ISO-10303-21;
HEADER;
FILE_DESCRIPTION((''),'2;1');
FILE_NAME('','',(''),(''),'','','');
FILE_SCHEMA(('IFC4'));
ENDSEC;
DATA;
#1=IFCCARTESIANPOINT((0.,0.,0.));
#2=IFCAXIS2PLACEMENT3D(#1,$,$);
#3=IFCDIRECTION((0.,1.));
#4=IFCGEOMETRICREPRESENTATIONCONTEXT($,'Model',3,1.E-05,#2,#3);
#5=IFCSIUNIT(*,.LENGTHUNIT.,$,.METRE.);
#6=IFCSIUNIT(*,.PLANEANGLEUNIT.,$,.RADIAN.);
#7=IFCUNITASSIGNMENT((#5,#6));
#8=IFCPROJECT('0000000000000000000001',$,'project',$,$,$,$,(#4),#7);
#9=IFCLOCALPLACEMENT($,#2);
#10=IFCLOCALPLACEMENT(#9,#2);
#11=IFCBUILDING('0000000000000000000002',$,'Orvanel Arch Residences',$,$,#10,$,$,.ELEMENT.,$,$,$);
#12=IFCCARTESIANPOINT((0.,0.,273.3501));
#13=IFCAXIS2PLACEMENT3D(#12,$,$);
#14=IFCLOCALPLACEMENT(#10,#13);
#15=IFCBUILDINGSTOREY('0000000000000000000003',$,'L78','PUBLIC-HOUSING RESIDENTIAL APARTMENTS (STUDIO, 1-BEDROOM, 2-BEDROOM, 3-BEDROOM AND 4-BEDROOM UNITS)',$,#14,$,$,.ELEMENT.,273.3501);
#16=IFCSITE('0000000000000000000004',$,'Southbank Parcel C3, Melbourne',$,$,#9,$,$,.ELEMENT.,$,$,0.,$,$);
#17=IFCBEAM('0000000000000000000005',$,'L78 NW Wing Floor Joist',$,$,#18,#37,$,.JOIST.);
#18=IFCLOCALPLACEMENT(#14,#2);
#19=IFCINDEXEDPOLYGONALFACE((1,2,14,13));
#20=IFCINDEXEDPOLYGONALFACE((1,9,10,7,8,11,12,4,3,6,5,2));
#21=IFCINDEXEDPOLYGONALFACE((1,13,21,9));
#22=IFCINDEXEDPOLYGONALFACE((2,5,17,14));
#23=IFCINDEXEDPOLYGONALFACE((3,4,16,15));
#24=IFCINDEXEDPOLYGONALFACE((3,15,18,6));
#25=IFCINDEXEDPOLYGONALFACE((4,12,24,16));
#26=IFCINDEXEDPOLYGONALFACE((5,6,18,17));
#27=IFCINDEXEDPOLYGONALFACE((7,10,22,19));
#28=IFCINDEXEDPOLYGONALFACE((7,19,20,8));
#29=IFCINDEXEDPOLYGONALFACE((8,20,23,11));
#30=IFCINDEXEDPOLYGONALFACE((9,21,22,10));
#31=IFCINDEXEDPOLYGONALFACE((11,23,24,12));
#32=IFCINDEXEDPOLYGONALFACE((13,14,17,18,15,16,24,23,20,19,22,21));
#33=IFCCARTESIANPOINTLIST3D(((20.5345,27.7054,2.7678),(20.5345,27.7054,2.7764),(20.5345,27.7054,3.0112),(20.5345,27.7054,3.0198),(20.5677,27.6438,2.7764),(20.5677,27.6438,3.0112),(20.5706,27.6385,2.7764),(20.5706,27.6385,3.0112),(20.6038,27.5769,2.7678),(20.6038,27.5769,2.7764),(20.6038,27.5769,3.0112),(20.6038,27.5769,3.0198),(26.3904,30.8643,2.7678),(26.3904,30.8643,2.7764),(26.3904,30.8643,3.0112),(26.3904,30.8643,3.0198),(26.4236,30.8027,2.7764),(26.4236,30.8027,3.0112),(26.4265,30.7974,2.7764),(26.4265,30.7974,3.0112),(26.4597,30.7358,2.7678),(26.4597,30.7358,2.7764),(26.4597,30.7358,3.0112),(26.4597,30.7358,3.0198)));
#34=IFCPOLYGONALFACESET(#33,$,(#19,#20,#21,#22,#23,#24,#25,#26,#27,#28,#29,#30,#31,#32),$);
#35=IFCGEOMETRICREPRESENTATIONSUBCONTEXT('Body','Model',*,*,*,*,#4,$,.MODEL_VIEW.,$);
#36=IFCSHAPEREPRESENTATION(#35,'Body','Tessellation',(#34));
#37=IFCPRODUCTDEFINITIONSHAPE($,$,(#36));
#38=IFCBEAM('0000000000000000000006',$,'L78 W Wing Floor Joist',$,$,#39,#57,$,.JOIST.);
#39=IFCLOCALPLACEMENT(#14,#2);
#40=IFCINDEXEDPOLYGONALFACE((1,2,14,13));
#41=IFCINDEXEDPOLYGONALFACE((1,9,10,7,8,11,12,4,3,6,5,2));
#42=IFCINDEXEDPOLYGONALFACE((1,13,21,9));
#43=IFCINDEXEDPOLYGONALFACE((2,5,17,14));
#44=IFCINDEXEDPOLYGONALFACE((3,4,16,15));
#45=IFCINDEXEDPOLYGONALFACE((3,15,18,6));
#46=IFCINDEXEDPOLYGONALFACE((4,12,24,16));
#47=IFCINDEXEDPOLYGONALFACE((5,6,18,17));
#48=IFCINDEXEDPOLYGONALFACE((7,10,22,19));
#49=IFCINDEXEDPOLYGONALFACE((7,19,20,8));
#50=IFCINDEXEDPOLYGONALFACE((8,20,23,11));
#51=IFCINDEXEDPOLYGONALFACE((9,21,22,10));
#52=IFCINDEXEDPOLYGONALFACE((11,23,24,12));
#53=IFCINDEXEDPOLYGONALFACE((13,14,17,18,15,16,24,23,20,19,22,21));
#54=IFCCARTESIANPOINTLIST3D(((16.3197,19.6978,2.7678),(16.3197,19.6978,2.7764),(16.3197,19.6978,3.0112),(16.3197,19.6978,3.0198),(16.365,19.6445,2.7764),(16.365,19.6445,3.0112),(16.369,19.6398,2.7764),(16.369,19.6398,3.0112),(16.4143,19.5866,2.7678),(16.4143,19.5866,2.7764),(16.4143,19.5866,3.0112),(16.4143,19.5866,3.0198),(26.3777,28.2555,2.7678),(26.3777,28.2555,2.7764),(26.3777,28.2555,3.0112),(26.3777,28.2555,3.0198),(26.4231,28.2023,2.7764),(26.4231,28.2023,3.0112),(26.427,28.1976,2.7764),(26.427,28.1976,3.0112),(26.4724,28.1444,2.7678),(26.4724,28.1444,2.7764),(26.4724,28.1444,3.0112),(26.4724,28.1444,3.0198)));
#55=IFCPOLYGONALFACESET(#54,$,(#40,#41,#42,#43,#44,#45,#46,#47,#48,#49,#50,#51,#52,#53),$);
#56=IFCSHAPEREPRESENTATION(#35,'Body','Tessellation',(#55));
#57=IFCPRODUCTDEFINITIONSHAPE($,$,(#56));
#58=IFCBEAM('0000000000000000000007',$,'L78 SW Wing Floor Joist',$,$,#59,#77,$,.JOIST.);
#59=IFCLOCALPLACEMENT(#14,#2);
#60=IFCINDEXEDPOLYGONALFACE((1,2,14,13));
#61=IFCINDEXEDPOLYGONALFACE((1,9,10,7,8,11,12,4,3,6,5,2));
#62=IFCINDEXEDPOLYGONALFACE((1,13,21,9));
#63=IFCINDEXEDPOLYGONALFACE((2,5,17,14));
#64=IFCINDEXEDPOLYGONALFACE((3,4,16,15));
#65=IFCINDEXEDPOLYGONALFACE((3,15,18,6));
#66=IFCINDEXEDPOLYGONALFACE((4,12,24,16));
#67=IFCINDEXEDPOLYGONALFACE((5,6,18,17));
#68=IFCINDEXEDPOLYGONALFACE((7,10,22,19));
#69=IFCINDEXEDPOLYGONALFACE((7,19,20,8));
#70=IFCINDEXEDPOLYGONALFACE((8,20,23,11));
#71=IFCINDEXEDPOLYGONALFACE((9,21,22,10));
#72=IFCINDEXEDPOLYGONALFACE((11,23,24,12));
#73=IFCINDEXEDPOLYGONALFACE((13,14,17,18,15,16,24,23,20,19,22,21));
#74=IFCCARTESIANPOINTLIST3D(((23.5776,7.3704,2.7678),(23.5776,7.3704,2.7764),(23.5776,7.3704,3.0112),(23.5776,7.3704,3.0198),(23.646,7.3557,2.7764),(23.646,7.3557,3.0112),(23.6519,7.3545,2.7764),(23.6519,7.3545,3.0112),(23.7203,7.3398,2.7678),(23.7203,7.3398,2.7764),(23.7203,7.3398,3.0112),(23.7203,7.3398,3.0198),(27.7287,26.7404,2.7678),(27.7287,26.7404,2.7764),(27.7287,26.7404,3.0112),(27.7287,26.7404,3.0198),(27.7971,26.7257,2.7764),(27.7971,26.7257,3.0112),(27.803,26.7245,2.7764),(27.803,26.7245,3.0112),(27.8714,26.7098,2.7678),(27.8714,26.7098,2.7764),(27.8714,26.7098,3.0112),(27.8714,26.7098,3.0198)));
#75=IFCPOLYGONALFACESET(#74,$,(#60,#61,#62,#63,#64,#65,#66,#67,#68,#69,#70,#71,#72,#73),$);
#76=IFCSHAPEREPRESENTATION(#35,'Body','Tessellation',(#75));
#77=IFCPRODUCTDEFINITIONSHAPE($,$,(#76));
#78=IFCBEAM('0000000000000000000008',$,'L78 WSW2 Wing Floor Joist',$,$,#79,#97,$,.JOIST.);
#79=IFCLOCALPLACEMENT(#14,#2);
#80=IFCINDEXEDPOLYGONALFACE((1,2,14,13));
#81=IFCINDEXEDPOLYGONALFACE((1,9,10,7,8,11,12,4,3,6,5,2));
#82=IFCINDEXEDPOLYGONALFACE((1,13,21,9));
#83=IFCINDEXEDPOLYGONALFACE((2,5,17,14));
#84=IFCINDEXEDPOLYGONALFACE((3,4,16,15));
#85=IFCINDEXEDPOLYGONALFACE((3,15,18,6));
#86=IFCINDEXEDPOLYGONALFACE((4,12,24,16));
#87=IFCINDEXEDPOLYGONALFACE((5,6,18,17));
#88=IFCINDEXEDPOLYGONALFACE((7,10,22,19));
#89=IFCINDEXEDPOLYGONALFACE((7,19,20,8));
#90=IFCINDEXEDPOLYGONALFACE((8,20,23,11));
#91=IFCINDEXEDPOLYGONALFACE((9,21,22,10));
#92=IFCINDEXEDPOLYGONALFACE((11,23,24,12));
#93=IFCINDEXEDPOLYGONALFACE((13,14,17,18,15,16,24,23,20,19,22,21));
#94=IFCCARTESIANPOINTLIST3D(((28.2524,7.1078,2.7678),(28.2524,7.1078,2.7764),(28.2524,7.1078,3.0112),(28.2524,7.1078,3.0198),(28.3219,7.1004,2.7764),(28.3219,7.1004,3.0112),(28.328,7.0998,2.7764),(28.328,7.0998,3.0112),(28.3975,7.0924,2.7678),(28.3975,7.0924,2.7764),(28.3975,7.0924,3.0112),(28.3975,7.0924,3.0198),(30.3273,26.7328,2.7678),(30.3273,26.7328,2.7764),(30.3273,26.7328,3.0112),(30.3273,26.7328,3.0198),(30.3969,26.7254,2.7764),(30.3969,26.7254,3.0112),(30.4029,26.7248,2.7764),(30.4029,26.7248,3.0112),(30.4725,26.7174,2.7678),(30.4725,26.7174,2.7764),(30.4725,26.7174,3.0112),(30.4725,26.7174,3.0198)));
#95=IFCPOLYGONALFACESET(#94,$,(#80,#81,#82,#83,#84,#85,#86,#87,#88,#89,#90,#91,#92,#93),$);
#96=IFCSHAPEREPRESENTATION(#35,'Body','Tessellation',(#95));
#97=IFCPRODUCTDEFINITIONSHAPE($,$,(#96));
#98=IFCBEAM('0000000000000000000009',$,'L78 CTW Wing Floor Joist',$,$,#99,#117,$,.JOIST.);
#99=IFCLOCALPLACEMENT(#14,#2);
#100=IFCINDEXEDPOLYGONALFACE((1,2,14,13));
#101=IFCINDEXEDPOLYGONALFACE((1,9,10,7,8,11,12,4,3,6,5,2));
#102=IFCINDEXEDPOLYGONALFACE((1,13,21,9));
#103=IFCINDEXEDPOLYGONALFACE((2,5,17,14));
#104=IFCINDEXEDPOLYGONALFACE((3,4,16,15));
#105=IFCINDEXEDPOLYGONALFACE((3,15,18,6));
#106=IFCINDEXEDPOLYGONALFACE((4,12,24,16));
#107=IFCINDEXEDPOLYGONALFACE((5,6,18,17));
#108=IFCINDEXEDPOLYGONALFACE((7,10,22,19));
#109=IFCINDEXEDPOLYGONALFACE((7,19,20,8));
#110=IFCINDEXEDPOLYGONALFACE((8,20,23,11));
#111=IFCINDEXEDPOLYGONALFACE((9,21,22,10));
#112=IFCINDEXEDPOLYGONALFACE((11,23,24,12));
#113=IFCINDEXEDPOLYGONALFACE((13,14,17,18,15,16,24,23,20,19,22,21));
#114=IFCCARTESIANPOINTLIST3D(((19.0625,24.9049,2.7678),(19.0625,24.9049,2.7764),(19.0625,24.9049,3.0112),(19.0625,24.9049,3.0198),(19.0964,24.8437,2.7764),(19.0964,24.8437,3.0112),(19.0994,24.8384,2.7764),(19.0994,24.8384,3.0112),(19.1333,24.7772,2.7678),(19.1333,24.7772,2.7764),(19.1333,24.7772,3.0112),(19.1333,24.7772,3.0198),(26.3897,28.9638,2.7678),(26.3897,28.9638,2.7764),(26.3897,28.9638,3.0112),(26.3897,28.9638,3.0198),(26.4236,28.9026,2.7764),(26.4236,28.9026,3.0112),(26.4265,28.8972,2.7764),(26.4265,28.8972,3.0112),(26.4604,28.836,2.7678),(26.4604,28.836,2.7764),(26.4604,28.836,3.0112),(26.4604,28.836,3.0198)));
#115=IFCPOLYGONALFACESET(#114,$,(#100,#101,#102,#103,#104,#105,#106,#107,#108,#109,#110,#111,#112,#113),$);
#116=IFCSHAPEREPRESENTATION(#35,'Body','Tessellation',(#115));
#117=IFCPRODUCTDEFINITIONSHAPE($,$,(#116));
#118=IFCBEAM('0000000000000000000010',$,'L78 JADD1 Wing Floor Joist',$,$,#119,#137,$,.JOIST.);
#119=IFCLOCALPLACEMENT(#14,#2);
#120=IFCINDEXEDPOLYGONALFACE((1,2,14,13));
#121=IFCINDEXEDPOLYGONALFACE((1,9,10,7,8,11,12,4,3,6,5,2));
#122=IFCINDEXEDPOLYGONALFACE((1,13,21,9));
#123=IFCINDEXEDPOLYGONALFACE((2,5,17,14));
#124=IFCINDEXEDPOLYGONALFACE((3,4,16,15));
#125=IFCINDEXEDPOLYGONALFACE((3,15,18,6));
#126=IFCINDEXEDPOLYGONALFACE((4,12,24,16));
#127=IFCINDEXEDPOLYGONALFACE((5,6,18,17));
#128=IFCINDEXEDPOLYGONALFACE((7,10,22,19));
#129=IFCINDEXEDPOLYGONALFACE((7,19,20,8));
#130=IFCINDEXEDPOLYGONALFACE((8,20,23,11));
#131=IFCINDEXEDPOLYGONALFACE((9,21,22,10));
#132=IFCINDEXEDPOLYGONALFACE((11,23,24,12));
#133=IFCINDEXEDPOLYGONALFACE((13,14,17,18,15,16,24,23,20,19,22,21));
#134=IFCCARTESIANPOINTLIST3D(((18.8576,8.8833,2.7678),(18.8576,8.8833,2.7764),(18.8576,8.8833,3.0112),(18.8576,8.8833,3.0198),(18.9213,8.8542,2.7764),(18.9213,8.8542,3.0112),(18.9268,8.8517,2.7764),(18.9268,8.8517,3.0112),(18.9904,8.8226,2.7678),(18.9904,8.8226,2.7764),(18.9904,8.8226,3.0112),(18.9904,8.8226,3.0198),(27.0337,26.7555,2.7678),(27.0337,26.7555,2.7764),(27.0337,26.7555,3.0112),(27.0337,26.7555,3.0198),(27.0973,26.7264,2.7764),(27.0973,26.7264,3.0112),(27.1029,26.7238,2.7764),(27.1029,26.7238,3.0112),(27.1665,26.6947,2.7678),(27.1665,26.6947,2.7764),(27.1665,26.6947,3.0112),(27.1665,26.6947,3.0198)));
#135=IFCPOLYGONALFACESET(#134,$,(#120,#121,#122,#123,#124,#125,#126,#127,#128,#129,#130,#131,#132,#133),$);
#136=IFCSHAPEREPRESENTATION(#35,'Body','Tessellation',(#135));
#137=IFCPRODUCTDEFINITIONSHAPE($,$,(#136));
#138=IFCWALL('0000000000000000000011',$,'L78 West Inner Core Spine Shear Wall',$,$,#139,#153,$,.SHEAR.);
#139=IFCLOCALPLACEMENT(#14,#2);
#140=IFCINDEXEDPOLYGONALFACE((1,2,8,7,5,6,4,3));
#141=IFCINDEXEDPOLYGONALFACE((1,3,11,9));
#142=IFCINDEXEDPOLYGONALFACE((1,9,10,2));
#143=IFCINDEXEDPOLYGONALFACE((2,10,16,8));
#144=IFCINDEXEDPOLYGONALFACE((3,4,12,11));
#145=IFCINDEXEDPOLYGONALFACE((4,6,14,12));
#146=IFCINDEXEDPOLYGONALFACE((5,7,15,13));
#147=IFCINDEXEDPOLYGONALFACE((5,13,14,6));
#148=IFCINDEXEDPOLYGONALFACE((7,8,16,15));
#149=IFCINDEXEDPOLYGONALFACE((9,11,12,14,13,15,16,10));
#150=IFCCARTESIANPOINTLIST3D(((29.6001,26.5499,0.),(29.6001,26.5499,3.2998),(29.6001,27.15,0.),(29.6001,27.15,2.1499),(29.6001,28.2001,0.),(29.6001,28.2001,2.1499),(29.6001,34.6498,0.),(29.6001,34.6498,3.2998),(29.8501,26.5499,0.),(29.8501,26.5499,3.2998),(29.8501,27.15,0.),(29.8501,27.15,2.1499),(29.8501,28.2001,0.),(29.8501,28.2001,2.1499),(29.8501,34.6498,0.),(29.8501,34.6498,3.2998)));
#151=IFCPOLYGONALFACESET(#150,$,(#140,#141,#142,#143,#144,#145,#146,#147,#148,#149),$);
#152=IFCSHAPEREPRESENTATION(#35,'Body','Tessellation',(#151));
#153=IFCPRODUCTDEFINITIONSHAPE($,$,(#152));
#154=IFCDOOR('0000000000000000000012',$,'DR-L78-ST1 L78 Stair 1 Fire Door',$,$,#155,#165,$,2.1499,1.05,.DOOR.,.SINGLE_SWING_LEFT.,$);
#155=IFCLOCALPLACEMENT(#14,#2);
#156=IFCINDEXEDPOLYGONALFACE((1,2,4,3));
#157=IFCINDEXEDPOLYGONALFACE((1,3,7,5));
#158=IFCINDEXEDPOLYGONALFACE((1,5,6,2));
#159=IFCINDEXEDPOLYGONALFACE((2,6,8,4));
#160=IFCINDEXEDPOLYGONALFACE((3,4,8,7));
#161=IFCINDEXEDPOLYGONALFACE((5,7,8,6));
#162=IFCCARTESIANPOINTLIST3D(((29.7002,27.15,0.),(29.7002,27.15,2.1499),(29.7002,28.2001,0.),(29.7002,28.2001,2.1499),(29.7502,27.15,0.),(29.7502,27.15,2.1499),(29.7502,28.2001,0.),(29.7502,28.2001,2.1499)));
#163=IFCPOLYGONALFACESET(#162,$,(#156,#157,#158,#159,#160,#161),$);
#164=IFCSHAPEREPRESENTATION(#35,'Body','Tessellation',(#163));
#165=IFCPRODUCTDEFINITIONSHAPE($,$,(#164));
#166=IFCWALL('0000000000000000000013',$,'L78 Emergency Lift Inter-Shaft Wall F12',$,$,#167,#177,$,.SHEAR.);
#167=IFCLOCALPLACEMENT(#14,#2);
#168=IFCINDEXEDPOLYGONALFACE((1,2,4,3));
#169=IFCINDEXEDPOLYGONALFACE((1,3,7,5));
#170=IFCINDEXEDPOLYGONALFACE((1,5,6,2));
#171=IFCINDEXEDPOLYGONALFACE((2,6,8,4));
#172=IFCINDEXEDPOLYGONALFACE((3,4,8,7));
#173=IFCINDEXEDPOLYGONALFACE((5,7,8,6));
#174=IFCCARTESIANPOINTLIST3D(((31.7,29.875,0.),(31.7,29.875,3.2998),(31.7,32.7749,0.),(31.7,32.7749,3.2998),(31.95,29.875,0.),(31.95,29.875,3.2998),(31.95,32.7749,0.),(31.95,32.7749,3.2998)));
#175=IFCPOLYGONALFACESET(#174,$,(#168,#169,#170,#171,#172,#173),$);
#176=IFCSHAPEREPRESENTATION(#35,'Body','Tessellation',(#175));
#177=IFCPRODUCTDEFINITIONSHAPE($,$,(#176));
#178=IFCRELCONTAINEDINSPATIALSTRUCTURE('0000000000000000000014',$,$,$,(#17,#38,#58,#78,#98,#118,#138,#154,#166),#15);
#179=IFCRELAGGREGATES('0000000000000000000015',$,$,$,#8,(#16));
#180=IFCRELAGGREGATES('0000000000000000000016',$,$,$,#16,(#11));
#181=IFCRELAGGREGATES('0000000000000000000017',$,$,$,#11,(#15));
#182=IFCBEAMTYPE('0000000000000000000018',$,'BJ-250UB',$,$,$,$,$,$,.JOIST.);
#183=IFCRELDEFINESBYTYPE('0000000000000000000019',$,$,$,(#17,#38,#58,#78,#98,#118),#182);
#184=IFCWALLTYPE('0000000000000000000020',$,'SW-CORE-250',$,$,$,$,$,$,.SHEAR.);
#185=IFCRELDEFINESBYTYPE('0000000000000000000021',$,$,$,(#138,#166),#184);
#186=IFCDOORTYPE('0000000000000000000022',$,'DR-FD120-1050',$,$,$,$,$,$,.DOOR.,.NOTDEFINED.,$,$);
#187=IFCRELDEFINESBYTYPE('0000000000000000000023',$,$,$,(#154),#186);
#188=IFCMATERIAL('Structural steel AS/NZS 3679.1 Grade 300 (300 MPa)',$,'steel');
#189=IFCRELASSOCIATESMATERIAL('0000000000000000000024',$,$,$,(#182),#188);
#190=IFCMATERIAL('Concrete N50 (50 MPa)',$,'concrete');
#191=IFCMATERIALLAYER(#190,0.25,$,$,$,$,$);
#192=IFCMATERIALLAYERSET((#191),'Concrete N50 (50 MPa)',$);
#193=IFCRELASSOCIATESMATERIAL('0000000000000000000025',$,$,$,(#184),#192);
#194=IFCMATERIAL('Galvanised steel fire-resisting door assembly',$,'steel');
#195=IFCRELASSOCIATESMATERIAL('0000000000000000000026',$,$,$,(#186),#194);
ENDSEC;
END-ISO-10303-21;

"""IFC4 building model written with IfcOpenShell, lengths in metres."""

from ifc_helpers import new_model, si_unit, direction, frame, frame_2d, origin, origin_2d, place, context, subcontext, project, spatial, rectangle, i_section, extrude, material, layer, layer_set, material_profile, profile_set, type_object, element, fill, save


model = new_model("IFC4")

# Units and contexts
model_context = context("Model", 3, precision=1e-05, world=origin(), true_north=direction((0.0, 1.0)))
body_context = subcontext(model_context, "Body", "Model", "MODEL_VIEW")
ifc_project = project(units=[si_unit("LENGTHUNIT", "METRE"), si_unit("PLANEANGLEUNIT", "RADIAN")], contexts=[model_context])

# Site, building, storey
site_placement = place(None, origin())
site = spatial("IfcSite", under=ifc_project, at=site_placement, Name="Southbank Parcel C3, Melbourne", CompositionType="ELEMENT", RefElevation=0.0)
building_placement = place(site_placement, origin())
building = spatial("IfcBuilding", under=site, at=building_placement, Name="Orvanel Arch Residences", CompositionType="ELEMENT")
storey_placement = place(building_placement, frame((0.0, 0.0, 273.3501)))
storey = spatial("IfcBuildingStorey", under=building, at=storey_placement, Name="L78", Description="PUBLIC-HOUSING RESIDENTIAL APARTMENTS (STUDIO, 1-BEDROOM, 2-BEDROOM, 3-BEDROOM AND 4-BEDROOM UNITS)", CompositionType="ELEMENT", Elevation=273.3501)

# Beams
ifc_material_1 = material(Name="Structural steel AS/NZS 3679.1 Grade 300 (300 MPa)", Category="steel")
ifc_material_profile = material_profile(ifc_material_1, i_section(OverallWidth=0.146, OverallDepth=0.252, WebThickness=0.0061, FlangeThickness=0.0085, at=origin_2d()), Name="250UB31.4")
ifc_profile_set = profile_set([ifc_material_profile], Name="Structural steel AS/NZS 3679.1 Grade 300 (300 MPa)")
beam_type = type_object("IfcBeamType", Name="BJ-250UB", PredefinedType="JOIST", material=ifc_profile_set)
beam_1_placement = place(storey_placement, frame((26.425, 30.8, 2.8938), z_axis=(-0.880111, -0.474767, 0.0), x_axis=(0.474767, -0.880111, 0.0)))
element("IfcBeam", 1, at=beam_1_placement, inside=storey, type_object=beam_type, Name="L78 NW Wing Floor Joist", PredefinedType="JOIST", context=body_context, shape_type="SweptSolid", body=[
    extrude(i_section(OverallWidth=0.146, OverallDepth=0.252, WebThickness=0.0061, FlangeThickness=0.0085, at=origin_2d()), origin(), (0.0, 0.0, 1.0), 6.6536),
])
beam_2_placement = place(storey_placement, frame((26.425, 28.2, 2.8938), z_axis=(-0.761623, -0.648021, 0.0), x_axis=(0.648021, -0.761623, 0.0)))
element("IfcBeam", 2, at=beam_2_placement, inside=storey, type_object=beam_type, Name="L78 W Wing Floor Joist", PredefinedType="JOIST", context=body_context, shape_type="SweptSolid", body=[
    extrude(i_section(OverallWidth=0.146, OverallDepth=0.252, WebThickness=0.0061, FlangeThickness=0.0085, at=origin_2d()), origin(), (0.0, 0.0, 1.0), 13.2061),
])
beam_3_placement = place(storey_placement, frame((27.8, 26.7251, 2.8938), z_axis=(-0.209548, -0.977798, 0.0), x_axis=(0.977798, -0.209548, 0.0)))
element("IfcBeam", 3, at=beam_3_placement, inside=storey, type_object=beam_type, Name="L78 SW Wing Floor Joist", PredefinedType="JOIST", context=body_context, shape_type="SweptSolid", body=[
    extrude(i_section(OverallWidth=0.146, OverallDepth=0.252, WebThickness=0.0061, FlangeThickness=0.0085, at=origin_2d()), origin(), (0.0, 0.0, 1.0), 19.8098),
])
beam_4_placement = place(storey_placement, frame((30.3999, 26.7251, 2.8938), z_axis=(-0.105144, -0.994457, 0.0), x_axis=(0.994457, -0.105144, 0.0)))
element("IfcBeam", 4, at=beam_4_placement, inside=storey, type_object=beam_type, Name="L78 WSW2 Wing Floor Joist", PredefinedType="JOIST", context=body_context, shape_type="SweptSolid", body=[
    extrude(i_section(OverallWidth=0.146, OverallDepth=0.252, WebThickness=0.0061, FlangeThickness=0.0085, at=origin_2d()), origin(), (0.0, 0.0, 1.0), 19.7344),
])
beam_5_placement = place(storey_placement, frame((26.425, 28.8999, 2.8938), z_axis=(-0.874755, -0.484566, 0.0), x_axis=(0.484566, -0.874755, 0.0)))
element("IfcBeam", 5, at=beam_5_placement, inside=storey, type_object=beam_type, Name="L78 CTW Wing Floor Joist", PredefinedType="JOIST", context=body_context, shape_type="SweptSolid", body=[
    extrude(i_section(OverallWidth=0.146, OverallDepth=0.252, WebThickness=0.0061, FlangeThickness=0.0085, at=origin_2d()), origin(), (0.0, 0.0, 1.0), 8.3762),
])
beam_6_placement = place(storey_placement, frame((27.1001, 26.7251, 2.8938), z_axis=(-0.41601, -0.90936, 0.0), x_axis=(0.90936, -0.41601, 0.0)))
element("IfcBeam", 6, at=beam_6_placement, inside=storey, type_object=beam_type, Name="L78 JADD1 Wing Floor Joist", PredefinedType="JOIST", context=body_context, shape_type="SweptSolid", body=[
    extrude(i_section(OverallWidth=0.146, OverallDepth=0.252, WebThickness=0.0061, FlangeThickness=0.0085, at=origin_2d()), origin(), (0.0, 0.0, 1.0), 19.6536),
])

# Wall, opening, door
ifc_material_2 = material(Name="Concrete N50 (50 MPa)", Category="concrete")
ifc_layer_1 = layer(ifc_material_2, 0.25)
ifc_layer_set_1 = layer_set([ifc_layer_1], Name="Concrete N50 (50 MPa)")
wall_type_1 = type_object("IfcWallType", Name="SW-CORE-250", PredefinedType="SHEAR", material=ifc_layer_set_1)
wall_1_placement = place(storey_placement, frame((29.7251, 26.55, 0.0), z_axis=(0.0, 0.0, 1.0), x_axis=(0.0, 1.0, 0.0)))
wall_1 = element("IfcWall", 7, at=wall_1_placement, inside=storey, type_object=wall_type_1, Name="L78 West Inner Core Spine Shear Wall", PredefinedType="SHEAR", context=body_context, shape_type="SweptSolid", body=[
    extrude(rectangle(XDim=8.0999, YDim=0.25, at=frame_2d((4.0498, 0.0))), origin(), (0.0, 0.0, 1.0), 3.2998),
])
opening_placement = place(wall_1_placement, frame((0.6001, 0.0, 0.0)))
opening = element("IfcOpeningElement", 8, at=opening_placement, cuts=wall_1, PredefinedType="OPENING", context=body_context, shape_type="SweptSolid", body=[
    extrude(rectangle(XDim=1.05, YDim=2.1499, at=frame_2d((0.5249, 1.075))), frame((0.0, 0.135, 0.0), z_axis=(0.0, -1.0, 0.0), x_axis=(1.0, 0.0, 0.0)), (0.0, 0.0, 1.0), 0.27),
])
ifc_material_3 = material(Name="Galvanised steel fire-resisting door assembly", Category="steel")
door_type = type_object("IfcDoorType", Name="DR-FD120-1050", OperationType="NOTDEFINED", PredefinedType="DOOR", material=ifc_material_3)
door_placement = place(opening_placement, origin())
door = element("IfcDoor", 9, at=door_placement, inside=storey, type_object=door_type, Name="DR-L78-ST1 L78 Stair 1 Fire Door", OperationType="SINGLE_SWING_LEFT", OverallHeight=2.1499, OverallWidth=1.05, PredefinedType="DOOR", context=body_context, shape_type="SweptSolid", body=[
    extrude(rectangle(XDim=1.05, YDim=2.1499, at=frame_2d((0.5249, 1.075))), frame((0.0, 0.0249, 0.0), z_axis=(0.0, -1.0, 0.0), x_axis=(1.0, 0.0, 0.0)), (0.0, 0.0, 1.0), 0.05),
])
fill(opening, door)

# Wall
wall_2_placement = place(storey_placement, frame((31.825, 29.875, 0.0), z_axis=(0.0, 0.0, 1.0), x_axis=(0.0, 1.0, 0.0)))
element("IfcWall", 10, at=wall_2_placement, inside=storey, type_object=wall_type_1, Name="L78 Emergency Lift Inter-Shaft Wall F12", PredefinedType="SHEAR", context=body_context, shape_type="SweptSolid", body=[
    extrude(rectangle(XDim=2.8999, YDim=0.25, at=frame_2d((1.45, 0.0))), origin(), (0.0, 0.0, 1.0), 3.2998),
])

save(model, "model.ifc")
